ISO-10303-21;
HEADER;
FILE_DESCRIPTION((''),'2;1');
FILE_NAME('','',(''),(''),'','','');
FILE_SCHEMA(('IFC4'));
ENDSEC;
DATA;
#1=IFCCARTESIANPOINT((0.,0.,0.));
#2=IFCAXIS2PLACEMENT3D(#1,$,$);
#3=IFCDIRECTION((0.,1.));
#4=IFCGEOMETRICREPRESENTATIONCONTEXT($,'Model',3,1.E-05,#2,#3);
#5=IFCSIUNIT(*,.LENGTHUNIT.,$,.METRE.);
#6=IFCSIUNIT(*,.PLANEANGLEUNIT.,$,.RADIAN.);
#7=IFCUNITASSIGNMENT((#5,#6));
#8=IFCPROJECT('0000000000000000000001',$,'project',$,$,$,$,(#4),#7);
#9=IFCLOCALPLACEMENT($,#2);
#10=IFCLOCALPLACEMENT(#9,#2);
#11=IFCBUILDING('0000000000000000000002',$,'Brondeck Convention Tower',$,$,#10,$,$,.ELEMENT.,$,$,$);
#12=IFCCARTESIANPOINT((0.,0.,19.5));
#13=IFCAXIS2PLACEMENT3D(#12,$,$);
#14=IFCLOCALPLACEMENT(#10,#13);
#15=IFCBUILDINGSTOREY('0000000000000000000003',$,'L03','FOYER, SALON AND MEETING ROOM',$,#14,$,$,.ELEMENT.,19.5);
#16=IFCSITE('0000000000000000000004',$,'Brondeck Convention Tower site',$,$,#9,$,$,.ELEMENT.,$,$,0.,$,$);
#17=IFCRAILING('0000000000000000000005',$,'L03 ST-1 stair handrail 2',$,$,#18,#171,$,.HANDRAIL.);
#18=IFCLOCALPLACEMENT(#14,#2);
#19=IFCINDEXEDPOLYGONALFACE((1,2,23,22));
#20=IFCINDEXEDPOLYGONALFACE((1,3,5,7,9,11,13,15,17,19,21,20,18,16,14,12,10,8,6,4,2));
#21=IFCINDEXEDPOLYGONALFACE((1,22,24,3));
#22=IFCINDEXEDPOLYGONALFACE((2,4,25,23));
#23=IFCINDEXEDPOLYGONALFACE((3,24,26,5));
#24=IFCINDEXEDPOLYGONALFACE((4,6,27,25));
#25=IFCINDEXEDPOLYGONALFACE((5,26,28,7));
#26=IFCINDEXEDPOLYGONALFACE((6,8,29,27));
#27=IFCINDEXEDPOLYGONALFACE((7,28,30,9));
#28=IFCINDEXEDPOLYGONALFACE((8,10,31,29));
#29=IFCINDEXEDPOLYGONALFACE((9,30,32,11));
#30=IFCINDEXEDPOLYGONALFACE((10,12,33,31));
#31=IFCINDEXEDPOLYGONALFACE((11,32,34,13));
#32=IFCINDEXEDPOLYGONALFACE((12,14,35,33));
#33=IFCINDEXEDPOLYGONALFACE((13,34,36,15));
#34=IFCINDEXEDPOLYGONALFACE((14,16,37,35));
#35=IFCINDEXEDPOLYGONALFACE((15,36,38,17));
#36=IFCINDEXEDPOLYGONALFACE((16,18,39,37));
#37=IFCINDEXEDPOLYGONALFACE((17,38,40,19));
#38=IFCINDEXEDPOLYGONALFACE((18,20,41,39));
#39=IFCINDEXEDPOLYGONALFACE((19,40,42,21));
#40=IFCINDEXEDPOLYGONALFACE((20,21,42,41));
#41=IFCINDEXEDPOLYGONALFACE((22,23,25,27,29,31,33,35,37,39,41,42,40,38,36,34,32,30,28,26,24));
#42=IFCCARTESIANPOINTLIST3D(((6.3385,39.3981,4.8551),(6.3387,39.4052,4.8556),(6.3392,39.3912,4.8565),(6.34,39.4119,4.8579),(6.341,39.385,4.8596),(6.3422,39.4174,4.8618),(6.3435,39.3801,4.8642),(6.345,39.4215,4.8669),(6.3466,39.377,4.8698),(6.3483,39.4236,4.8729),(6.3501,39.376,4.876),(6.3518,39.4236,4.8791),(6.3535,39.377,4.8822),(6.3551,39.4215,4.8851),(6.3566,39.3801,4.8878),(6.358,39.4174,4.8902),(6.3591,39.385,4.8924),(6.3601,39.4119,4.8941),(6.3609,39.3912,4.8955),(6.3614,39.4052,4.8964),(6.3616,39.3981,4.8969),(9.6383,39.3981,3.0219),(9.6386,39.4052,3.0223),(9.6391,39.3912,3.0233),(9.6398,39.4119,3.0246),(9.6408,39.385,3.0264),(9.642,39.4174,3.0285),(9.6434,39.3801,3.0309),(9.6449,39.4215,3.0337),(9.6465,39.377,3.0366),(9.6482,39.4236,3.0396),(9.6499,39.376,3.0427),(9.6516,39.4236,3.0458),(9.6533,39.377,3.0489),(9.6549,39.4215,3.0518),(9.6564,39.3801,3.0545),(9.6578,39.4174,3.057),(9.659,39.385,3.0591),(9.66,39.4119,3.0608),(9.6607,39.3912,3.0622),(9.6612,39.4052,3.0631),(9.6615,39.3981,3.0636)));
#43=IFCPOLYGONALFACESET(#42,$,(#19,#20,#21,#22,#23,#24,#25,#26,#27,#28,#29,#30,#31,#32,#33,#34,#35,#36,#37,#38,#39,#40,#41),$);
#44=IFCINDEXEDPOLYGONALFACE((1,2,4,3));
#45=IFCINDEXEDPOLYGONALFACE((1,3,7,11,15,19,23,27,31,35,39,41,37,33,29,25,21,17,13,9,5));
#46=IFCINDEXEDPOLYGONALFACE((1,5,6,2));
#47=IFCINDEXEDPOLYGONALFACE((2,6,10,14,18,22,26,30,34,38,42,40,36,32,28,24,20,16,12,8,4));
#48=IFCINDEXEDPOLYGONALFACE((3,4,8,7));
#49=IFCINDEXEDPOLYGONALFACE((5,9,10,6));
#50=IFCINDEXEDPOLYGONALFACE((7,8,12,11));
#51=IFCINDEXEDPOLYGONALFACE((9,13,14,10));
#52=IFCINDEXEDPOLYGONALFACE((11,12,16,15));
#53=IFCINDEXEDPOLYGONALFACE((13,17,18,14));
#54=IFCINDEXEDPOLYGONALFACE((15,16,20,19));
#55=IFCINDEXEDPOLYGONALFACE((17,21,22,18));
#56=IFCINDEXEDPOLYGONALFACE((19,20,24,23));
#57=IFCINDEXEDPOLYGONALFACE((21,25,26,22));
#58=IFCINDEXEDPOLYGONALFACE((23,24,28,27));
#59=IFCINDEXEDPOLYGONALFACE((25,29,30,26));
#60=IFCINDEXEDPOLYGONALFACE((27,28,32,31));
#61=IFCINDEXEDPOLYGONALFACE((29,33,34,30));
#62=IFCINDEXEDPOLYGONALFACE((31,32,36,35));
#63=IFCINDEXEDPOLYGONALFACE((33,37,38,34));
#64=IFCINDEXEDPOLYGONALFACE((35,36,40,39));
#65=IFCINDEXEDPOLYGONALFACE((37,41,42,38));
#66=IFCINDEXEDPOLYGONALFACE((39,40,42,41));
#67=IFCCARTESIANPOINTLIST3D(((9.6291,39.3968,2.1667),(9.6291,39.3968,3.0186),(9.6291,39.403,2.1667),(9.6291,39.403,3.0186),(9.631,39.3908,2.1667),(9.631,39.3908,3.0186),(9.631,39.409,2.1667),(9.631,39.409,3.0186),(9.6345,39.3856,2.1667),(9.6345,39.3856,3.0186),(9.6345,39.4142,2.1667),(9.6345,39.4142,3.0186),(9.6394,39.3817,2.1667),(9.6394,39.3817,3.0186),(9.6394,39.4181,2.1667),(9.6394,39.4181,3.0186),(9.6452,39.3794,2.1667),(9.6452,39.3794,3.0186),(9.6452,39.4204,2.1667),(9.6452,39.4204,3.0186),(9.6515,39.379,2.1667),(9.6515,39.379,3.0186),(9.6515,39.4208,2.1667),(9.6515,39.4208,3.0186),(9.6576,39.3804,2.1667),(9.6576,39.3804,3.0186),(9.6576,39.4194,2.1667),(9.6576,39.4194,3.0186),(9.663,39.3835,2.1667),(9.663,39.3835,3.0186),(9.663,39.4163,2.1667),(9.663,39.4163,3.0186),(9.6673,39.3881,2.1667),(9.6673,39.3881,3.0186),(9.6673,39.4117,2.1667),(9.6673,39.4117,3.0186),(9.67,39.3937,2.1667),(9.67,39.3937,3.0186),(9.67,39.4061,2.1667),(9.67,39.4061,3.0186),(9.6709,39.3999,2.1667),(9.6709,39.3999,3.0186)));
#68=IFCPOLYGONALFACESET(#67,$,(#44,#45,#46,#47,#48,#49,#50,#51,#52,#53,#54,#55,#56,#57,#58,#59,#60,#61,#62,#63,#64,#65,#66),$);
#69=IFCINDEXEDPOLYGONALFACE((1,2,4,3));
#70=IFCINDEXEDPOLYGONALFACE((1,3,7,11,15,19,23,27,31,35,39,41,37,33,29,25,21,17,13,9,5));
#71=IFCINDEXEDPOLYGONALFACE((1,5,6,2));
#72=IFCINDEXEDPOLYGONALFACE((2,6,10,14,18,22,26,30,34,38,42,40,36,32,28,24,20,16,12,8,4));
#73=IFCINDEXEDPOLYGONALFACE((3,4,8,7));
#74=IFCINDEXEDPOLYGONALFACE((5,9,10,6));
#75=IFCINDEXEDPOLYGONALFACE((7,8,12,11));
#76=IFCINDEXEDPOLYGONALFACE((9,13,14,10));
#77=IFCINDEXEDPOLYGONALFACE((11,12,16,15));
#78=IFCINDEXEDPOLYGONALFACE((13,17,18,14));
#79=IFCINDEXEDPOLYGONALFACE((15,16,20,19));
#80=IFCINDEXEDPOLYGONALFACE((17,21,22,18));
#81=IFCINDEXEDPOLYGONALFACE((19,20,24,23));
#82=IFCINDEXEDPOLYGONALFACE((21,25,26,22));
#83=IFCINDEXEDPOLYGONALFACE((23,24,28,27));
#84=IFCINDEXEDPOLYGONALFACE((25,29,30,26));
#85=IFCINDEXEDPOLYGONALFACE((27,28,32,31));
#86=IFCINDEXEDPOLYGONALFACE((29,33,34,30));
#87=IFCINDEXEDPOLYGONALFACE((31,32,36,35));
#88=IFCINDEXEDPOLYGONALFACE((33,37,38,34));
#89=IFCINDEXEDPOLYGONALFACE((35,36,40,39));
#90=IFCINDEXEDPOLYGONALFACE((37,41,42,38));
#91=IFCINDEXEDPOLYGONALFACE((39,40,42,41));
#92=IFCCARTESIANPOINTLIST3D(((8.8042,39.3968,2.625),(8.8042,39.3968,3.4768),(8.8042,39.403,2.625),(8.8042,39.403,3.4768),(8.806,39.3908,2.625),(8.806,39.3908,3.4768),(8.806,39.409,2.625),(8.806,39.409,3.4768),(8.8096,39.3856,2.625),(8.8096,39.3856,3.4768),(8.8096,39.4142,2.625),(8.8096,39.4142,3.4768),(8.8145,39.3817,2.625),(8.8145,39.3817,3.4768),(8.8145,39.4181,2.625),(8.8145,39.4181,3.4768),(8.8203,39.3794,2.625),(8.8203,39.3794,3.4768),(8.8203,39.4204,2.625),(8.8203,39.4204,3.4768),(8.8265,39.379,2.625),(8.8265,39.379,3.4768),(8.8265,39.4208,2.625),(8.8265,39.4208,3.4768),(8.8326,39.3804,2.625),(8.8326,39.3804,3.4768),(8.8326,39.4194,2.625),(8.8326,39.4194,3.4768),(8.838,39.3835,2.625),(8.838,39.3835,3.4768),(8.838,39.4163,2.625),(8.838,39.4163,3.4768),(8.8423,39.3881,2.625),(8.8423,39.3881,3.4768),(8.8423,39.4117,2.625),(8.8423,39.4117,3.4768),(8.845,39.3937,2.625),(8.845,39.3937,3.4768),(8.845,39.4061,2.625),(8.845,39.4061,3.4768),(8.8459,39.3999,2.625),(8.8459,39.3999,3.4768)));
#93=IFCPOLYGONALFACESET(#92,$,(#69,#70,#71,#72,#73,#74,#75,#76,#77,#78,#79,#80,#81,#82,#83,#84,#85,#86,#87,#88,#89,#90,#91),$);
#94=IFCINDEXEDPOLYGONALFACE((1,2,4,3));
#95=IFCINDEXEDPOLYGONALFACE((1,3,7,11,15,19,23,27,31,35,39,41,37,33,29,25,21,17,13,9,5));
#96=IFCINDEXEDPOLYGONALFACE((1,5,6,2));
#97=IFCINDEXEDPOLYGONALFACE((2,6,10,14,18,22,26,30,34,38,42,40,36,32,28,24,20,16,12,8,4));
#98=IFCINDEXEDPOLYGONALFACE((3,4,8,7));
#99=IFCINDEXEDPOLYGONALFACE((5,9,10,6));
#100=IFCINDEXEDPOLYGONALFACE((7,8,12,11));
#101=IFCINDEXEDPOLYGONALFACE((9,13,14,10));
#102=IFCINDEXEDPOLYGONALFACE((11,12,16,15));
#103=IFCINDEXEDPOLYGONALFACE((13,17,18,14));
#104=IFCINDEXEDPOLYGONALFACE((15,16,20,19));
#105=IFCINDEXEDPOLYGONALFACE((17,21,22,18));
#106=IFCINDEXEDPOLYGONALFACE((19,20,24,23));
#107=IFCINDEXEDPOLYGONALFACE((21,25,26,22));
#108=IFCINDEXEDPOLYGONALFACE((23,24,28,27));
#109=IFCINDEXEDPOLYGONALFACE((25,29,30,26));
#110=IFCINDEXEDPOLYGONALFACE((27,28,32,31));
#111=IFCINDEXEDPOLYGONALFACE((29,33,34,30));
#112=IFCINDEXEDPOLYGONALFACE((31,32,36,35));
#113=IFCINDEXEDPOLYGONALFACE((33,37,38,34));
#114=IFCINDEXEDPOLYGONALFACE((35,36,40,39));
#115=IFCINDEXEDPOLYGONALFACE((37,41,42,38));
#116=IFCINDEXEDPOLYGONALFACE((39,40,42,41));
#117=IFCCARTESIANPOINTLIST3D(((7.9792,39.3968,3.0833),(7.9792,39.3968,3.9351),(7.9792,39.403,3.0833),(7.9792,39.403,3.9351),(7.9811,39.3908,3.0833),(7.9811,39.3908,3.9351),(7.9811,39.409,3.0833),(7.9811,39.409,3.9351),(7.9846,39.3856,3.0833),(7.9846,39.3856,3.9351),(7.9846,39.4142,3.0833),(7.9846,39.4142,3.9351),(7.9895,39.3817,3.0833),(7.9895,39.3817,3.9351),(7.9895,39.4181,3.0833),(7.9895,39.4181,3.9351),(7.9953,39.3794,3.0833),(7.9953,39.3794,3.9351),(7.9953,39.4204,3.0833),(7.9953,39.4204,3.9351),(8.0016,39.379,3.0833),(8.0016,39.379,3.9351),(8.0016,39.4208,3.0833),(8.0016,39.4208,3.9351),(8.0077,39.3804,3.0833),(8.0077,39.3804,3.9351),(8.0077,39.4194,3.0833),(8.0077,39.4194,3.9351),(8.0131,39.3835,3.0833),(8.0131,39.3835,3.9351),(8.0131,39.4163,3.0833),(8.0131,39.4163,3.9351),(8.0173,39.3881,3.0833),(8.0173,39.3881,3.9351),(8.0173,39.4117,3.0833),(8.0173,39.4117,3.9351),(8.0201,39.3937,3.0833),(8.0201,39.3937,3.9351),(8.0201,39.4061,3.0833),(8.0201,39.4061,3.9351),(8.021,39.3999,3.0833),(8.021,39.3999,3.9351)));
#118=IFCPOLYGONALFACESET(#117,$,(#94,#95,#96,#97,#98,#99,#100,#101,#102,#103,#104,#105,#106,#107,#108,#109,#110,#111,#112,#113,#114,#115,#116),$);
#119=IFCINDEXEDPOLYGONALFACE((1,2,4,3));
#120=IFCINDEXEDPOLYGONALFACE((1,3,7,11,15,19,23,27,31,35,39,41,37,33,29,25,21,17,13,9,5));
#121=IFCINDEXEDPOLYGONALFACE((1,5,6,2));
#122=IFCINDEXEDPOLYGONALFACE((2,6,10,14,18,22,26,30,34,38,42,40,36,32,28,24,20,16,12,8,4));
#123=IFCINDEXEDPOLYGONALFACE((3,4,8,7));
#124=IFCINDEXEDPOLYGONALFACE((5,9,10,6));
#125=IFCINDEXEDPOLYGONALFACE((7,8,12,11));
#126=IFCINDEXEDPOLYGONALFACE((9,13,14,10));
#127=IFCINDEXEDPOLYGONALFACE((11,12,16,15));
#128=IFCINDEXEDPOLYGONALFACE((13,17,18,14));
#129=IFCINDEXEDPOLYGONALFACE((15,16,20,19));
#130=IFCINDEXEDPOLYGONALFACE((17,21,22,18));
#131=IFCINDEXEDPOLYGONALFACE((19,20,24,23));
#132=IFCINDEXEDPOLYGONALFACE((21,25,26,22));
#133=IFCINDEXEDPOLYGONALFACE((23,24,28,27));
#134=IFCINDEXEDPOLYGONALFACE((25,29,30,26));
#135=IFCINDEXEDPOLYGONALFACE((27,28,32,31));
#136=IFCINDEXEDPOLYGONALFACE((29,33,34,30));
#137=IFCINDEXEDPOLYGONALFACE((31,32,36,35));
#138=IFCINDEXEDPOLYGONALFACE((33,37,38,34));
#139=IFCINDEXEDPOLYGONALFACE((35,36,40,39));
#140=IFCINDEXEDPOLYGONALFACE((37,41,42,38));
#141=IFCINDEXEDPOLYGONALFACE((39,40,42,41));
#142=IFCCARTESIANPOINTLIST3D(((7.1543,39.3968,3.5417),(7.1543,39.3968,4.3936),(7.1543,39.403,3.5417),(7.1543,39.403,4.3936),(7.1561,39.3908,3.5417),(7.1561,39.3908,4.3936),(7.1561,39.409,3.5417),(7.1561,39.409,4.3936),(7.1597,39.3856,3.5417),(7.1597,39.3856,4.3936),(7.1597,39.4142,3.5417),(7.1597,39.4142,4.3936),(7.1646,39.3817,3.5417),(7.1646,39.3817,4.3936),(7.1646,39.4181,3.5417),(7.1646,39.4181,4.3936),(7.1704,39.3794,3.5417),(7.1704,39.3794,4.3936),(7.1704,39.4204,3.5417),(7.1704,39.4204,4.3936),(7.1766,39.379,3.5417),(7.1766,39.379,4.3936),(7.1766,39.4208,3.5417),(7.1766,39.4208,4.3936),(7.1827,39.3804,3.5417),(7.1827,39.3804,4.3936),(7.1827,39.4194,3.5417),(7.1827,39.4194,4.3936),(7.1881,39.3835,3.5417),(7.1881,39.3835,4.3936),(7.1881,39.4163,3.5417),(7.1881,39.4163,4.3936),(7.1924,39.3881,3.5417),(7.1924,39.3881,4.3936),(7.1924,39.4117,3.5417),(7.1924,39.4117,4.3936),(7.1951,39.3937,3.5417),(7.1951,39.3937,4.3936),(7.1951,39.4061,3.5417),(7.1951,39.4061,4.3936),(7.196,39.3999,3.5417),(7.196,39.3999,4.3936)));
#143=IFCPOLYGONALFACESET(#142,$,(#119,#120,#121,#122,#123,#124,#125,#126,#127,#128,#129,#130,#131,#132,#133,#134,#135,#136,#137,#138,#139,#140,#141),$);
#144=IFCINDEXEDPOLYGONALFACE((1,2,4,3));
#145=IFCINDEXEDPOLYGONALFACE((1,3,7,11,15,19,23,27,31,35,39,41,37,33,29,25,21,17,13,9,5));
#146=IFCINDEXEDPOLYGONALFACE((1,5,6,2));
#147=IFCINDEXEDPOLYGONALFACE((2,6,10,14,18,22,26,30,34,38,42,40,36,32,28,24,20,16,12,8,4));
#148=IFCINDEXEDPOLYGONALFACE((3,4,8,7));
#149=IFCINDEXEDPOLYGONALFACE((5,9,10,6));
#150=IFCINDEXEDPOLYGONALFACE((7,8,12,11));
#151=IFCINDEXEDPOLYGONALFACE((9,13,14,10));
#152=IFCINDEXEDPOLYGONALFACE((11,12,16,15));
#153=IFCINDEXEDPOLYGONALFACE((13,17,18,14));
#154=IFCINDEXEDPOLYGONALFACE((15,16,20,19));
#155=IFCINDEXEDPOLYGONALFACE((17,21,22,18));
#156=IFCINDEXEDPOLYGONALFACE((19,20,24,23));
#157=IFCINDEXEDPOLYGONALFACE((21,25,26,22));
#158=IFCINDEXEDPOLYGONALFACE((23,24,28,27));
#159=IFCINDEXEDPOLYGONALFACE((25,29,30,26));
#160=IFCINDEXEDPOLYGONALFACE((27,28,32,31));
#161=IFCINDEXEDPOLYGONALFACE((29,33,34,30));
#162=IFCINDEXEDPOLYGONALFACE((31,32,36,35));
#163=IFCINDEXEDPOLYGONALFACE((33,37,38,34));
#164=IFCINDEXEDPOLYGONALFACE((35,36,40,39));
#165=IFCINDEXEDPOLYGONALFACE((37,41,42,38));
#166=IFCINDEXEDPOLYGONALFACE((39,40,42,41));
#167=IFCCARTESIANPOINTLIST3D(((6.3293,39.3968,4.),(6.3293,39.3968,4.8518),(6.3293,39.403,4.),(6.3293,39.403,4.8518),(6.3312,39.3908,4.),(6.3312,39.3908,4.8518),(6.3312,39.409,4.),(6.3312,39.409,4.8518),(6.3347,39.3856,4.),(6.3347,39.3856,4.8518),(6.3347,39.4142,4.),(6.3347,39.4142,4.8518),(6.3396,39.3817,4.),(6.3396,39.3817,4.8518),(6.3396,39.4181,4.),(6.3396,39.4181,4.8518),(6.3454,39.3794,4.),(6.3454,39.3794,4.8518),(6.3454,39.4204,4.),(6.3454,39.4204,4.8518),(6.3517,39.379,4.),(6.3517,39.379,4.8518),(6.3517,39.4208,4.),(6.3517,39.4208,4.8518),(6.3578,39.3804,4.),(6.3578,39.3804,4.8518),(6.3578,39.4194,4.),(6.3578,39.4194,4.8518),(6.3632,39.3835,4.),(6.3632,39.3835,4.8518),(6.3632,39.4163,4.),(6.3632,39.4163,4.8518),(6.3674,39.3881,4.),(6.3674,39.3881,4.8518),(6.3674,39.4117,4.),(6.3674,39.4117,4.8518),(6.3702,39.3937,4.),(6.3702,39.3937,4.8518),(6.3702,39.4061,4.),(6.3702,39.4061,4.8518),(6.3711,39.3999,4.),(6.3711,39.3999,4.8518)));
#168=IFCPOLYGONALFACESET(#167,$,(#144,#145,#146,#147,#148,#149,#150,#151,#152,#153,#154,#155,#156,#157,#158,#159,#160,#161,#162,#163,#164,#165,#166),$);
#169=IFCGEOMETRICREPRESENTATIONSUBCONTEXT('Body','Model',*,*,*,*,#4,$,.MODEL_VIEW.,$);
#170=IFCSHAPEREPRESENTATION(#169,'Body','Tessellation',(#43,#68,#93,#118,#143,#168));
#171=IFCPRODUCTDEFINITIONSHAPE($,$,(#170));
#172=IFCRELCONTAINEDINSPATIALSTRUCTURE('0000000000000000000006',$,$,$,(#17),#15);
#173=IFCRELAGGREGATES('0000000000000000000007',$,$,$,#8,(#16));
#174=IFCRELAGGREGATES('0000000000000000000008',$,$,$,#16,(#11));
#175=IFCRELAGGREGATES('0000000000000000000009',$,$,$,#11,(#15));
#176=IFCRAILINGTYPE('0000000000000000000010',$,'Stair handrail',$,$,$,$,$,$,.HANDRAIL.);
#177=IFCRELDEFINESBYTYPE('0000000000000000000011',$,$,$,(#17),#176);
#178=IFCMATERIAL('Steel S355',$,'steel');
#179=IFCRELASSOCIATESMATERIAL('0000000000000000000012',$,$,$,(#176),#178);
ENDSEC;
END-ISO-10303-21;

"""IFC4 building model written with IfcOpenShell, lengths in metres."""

from ifc_helpers import new_model, si_unit, direction, frame, origin, origin_2d, place, context, subcontext, project, spatial, circle, extrude, material, type_object, element, save


model = new_model("IFC4")

# Units and contexts
model_context = context("Model", 3, precision=1e-05, world=origin(), true_north=direction((0.0, 1.0)))
body_context = subcontext(model_context, "Body", "Model", "MODEL_VIEW")
ifc_project = project(units=[si_unit("LENGTHUNIT", "METRE"), si_unit("PLANEANGLEUNIT", "RADIAN")], contexts=[model_context])

# Site, building, storey
site_placement = place(None, origin())
site = spatial("IfcSite", under=ifc_project, at=site_placement, Name="Brondeck Convention Tower site", CompositionType="ELEMENT", RefElevation=0.0)
building_placement = place(site_placement, origin())
building = spatial("IfcBuilding", under=site, at=building_placement, Name="Brondeck Convention Tower", CompositionType="ELEMENT")
storey_placement = place(building_placement, frame((0.0, 0.0, 19.5)))
storey = spatial("IfcBuildingStorey", under=building, at=storey_placement, Name="L03", Description="FOYER, SALON AND MEETING ROOM", CompositionType="ELEMENT", Elevation=19.5)

# Shared definitions
ifc_material_1 = material(Name="Steel S355", Category="steel")

# Railing
railing_type = type_object("IfcRailingType", Name="Stair handrail", PredefinedType="HANDRAIL", material=ifc_material_1)
for number, where, name in (
    (1, (9.6499, 39.3999, 2.1667), "L03 ST-1 stair handrail 2"),
):
    element("IfcRailing", number, at=place(storey_placement, frame(where)), inside=storey, type_object=railing_type, Name=name, PredefinedType="HANDRAIL", context=body_context, shape_type="SweptSolid", body=[
        extrude(circle(Radius=0.0239, at=origin_2d()), frame((0.0, 0.0, 0.876), z_axis=(-0.874154, 0.0, 0.485648), x_axis=(0.0, -1.0, 0.0)), (0.0, 0.0, 1.0), 3.7749),
        extrude(circle(Radius=0.021, at=origin_2d()), origin(), (0.0, 0.0, 1.0), 0.8518),
        extrude(circle(Radius=0.021, at=origin_2d()), frame((-0.825, 0.0, 0.4583)), (0.0, 0.0, 1.0), 0.8518),
        extrude(circle(Radius=0.021, at=origin_2d()), frame((-1.6499, 0.0, 0.9165)), (0.0, 0.0, 1.0), 0.8518),
        extrude(circle(Radius=0.021, at=origin_2d()), frame((-2.4749, 0.0, 1.375)), (0.0, 0.0, 1.0), 0.8518),
        extrude(circle(Radius=0.021, at=origin_2d()), frame((-3.2998, 0.0, 1.8333)), (0.0, 0.0, 1.0), 0.8518),
    ])

save(model, "model.ifc")
